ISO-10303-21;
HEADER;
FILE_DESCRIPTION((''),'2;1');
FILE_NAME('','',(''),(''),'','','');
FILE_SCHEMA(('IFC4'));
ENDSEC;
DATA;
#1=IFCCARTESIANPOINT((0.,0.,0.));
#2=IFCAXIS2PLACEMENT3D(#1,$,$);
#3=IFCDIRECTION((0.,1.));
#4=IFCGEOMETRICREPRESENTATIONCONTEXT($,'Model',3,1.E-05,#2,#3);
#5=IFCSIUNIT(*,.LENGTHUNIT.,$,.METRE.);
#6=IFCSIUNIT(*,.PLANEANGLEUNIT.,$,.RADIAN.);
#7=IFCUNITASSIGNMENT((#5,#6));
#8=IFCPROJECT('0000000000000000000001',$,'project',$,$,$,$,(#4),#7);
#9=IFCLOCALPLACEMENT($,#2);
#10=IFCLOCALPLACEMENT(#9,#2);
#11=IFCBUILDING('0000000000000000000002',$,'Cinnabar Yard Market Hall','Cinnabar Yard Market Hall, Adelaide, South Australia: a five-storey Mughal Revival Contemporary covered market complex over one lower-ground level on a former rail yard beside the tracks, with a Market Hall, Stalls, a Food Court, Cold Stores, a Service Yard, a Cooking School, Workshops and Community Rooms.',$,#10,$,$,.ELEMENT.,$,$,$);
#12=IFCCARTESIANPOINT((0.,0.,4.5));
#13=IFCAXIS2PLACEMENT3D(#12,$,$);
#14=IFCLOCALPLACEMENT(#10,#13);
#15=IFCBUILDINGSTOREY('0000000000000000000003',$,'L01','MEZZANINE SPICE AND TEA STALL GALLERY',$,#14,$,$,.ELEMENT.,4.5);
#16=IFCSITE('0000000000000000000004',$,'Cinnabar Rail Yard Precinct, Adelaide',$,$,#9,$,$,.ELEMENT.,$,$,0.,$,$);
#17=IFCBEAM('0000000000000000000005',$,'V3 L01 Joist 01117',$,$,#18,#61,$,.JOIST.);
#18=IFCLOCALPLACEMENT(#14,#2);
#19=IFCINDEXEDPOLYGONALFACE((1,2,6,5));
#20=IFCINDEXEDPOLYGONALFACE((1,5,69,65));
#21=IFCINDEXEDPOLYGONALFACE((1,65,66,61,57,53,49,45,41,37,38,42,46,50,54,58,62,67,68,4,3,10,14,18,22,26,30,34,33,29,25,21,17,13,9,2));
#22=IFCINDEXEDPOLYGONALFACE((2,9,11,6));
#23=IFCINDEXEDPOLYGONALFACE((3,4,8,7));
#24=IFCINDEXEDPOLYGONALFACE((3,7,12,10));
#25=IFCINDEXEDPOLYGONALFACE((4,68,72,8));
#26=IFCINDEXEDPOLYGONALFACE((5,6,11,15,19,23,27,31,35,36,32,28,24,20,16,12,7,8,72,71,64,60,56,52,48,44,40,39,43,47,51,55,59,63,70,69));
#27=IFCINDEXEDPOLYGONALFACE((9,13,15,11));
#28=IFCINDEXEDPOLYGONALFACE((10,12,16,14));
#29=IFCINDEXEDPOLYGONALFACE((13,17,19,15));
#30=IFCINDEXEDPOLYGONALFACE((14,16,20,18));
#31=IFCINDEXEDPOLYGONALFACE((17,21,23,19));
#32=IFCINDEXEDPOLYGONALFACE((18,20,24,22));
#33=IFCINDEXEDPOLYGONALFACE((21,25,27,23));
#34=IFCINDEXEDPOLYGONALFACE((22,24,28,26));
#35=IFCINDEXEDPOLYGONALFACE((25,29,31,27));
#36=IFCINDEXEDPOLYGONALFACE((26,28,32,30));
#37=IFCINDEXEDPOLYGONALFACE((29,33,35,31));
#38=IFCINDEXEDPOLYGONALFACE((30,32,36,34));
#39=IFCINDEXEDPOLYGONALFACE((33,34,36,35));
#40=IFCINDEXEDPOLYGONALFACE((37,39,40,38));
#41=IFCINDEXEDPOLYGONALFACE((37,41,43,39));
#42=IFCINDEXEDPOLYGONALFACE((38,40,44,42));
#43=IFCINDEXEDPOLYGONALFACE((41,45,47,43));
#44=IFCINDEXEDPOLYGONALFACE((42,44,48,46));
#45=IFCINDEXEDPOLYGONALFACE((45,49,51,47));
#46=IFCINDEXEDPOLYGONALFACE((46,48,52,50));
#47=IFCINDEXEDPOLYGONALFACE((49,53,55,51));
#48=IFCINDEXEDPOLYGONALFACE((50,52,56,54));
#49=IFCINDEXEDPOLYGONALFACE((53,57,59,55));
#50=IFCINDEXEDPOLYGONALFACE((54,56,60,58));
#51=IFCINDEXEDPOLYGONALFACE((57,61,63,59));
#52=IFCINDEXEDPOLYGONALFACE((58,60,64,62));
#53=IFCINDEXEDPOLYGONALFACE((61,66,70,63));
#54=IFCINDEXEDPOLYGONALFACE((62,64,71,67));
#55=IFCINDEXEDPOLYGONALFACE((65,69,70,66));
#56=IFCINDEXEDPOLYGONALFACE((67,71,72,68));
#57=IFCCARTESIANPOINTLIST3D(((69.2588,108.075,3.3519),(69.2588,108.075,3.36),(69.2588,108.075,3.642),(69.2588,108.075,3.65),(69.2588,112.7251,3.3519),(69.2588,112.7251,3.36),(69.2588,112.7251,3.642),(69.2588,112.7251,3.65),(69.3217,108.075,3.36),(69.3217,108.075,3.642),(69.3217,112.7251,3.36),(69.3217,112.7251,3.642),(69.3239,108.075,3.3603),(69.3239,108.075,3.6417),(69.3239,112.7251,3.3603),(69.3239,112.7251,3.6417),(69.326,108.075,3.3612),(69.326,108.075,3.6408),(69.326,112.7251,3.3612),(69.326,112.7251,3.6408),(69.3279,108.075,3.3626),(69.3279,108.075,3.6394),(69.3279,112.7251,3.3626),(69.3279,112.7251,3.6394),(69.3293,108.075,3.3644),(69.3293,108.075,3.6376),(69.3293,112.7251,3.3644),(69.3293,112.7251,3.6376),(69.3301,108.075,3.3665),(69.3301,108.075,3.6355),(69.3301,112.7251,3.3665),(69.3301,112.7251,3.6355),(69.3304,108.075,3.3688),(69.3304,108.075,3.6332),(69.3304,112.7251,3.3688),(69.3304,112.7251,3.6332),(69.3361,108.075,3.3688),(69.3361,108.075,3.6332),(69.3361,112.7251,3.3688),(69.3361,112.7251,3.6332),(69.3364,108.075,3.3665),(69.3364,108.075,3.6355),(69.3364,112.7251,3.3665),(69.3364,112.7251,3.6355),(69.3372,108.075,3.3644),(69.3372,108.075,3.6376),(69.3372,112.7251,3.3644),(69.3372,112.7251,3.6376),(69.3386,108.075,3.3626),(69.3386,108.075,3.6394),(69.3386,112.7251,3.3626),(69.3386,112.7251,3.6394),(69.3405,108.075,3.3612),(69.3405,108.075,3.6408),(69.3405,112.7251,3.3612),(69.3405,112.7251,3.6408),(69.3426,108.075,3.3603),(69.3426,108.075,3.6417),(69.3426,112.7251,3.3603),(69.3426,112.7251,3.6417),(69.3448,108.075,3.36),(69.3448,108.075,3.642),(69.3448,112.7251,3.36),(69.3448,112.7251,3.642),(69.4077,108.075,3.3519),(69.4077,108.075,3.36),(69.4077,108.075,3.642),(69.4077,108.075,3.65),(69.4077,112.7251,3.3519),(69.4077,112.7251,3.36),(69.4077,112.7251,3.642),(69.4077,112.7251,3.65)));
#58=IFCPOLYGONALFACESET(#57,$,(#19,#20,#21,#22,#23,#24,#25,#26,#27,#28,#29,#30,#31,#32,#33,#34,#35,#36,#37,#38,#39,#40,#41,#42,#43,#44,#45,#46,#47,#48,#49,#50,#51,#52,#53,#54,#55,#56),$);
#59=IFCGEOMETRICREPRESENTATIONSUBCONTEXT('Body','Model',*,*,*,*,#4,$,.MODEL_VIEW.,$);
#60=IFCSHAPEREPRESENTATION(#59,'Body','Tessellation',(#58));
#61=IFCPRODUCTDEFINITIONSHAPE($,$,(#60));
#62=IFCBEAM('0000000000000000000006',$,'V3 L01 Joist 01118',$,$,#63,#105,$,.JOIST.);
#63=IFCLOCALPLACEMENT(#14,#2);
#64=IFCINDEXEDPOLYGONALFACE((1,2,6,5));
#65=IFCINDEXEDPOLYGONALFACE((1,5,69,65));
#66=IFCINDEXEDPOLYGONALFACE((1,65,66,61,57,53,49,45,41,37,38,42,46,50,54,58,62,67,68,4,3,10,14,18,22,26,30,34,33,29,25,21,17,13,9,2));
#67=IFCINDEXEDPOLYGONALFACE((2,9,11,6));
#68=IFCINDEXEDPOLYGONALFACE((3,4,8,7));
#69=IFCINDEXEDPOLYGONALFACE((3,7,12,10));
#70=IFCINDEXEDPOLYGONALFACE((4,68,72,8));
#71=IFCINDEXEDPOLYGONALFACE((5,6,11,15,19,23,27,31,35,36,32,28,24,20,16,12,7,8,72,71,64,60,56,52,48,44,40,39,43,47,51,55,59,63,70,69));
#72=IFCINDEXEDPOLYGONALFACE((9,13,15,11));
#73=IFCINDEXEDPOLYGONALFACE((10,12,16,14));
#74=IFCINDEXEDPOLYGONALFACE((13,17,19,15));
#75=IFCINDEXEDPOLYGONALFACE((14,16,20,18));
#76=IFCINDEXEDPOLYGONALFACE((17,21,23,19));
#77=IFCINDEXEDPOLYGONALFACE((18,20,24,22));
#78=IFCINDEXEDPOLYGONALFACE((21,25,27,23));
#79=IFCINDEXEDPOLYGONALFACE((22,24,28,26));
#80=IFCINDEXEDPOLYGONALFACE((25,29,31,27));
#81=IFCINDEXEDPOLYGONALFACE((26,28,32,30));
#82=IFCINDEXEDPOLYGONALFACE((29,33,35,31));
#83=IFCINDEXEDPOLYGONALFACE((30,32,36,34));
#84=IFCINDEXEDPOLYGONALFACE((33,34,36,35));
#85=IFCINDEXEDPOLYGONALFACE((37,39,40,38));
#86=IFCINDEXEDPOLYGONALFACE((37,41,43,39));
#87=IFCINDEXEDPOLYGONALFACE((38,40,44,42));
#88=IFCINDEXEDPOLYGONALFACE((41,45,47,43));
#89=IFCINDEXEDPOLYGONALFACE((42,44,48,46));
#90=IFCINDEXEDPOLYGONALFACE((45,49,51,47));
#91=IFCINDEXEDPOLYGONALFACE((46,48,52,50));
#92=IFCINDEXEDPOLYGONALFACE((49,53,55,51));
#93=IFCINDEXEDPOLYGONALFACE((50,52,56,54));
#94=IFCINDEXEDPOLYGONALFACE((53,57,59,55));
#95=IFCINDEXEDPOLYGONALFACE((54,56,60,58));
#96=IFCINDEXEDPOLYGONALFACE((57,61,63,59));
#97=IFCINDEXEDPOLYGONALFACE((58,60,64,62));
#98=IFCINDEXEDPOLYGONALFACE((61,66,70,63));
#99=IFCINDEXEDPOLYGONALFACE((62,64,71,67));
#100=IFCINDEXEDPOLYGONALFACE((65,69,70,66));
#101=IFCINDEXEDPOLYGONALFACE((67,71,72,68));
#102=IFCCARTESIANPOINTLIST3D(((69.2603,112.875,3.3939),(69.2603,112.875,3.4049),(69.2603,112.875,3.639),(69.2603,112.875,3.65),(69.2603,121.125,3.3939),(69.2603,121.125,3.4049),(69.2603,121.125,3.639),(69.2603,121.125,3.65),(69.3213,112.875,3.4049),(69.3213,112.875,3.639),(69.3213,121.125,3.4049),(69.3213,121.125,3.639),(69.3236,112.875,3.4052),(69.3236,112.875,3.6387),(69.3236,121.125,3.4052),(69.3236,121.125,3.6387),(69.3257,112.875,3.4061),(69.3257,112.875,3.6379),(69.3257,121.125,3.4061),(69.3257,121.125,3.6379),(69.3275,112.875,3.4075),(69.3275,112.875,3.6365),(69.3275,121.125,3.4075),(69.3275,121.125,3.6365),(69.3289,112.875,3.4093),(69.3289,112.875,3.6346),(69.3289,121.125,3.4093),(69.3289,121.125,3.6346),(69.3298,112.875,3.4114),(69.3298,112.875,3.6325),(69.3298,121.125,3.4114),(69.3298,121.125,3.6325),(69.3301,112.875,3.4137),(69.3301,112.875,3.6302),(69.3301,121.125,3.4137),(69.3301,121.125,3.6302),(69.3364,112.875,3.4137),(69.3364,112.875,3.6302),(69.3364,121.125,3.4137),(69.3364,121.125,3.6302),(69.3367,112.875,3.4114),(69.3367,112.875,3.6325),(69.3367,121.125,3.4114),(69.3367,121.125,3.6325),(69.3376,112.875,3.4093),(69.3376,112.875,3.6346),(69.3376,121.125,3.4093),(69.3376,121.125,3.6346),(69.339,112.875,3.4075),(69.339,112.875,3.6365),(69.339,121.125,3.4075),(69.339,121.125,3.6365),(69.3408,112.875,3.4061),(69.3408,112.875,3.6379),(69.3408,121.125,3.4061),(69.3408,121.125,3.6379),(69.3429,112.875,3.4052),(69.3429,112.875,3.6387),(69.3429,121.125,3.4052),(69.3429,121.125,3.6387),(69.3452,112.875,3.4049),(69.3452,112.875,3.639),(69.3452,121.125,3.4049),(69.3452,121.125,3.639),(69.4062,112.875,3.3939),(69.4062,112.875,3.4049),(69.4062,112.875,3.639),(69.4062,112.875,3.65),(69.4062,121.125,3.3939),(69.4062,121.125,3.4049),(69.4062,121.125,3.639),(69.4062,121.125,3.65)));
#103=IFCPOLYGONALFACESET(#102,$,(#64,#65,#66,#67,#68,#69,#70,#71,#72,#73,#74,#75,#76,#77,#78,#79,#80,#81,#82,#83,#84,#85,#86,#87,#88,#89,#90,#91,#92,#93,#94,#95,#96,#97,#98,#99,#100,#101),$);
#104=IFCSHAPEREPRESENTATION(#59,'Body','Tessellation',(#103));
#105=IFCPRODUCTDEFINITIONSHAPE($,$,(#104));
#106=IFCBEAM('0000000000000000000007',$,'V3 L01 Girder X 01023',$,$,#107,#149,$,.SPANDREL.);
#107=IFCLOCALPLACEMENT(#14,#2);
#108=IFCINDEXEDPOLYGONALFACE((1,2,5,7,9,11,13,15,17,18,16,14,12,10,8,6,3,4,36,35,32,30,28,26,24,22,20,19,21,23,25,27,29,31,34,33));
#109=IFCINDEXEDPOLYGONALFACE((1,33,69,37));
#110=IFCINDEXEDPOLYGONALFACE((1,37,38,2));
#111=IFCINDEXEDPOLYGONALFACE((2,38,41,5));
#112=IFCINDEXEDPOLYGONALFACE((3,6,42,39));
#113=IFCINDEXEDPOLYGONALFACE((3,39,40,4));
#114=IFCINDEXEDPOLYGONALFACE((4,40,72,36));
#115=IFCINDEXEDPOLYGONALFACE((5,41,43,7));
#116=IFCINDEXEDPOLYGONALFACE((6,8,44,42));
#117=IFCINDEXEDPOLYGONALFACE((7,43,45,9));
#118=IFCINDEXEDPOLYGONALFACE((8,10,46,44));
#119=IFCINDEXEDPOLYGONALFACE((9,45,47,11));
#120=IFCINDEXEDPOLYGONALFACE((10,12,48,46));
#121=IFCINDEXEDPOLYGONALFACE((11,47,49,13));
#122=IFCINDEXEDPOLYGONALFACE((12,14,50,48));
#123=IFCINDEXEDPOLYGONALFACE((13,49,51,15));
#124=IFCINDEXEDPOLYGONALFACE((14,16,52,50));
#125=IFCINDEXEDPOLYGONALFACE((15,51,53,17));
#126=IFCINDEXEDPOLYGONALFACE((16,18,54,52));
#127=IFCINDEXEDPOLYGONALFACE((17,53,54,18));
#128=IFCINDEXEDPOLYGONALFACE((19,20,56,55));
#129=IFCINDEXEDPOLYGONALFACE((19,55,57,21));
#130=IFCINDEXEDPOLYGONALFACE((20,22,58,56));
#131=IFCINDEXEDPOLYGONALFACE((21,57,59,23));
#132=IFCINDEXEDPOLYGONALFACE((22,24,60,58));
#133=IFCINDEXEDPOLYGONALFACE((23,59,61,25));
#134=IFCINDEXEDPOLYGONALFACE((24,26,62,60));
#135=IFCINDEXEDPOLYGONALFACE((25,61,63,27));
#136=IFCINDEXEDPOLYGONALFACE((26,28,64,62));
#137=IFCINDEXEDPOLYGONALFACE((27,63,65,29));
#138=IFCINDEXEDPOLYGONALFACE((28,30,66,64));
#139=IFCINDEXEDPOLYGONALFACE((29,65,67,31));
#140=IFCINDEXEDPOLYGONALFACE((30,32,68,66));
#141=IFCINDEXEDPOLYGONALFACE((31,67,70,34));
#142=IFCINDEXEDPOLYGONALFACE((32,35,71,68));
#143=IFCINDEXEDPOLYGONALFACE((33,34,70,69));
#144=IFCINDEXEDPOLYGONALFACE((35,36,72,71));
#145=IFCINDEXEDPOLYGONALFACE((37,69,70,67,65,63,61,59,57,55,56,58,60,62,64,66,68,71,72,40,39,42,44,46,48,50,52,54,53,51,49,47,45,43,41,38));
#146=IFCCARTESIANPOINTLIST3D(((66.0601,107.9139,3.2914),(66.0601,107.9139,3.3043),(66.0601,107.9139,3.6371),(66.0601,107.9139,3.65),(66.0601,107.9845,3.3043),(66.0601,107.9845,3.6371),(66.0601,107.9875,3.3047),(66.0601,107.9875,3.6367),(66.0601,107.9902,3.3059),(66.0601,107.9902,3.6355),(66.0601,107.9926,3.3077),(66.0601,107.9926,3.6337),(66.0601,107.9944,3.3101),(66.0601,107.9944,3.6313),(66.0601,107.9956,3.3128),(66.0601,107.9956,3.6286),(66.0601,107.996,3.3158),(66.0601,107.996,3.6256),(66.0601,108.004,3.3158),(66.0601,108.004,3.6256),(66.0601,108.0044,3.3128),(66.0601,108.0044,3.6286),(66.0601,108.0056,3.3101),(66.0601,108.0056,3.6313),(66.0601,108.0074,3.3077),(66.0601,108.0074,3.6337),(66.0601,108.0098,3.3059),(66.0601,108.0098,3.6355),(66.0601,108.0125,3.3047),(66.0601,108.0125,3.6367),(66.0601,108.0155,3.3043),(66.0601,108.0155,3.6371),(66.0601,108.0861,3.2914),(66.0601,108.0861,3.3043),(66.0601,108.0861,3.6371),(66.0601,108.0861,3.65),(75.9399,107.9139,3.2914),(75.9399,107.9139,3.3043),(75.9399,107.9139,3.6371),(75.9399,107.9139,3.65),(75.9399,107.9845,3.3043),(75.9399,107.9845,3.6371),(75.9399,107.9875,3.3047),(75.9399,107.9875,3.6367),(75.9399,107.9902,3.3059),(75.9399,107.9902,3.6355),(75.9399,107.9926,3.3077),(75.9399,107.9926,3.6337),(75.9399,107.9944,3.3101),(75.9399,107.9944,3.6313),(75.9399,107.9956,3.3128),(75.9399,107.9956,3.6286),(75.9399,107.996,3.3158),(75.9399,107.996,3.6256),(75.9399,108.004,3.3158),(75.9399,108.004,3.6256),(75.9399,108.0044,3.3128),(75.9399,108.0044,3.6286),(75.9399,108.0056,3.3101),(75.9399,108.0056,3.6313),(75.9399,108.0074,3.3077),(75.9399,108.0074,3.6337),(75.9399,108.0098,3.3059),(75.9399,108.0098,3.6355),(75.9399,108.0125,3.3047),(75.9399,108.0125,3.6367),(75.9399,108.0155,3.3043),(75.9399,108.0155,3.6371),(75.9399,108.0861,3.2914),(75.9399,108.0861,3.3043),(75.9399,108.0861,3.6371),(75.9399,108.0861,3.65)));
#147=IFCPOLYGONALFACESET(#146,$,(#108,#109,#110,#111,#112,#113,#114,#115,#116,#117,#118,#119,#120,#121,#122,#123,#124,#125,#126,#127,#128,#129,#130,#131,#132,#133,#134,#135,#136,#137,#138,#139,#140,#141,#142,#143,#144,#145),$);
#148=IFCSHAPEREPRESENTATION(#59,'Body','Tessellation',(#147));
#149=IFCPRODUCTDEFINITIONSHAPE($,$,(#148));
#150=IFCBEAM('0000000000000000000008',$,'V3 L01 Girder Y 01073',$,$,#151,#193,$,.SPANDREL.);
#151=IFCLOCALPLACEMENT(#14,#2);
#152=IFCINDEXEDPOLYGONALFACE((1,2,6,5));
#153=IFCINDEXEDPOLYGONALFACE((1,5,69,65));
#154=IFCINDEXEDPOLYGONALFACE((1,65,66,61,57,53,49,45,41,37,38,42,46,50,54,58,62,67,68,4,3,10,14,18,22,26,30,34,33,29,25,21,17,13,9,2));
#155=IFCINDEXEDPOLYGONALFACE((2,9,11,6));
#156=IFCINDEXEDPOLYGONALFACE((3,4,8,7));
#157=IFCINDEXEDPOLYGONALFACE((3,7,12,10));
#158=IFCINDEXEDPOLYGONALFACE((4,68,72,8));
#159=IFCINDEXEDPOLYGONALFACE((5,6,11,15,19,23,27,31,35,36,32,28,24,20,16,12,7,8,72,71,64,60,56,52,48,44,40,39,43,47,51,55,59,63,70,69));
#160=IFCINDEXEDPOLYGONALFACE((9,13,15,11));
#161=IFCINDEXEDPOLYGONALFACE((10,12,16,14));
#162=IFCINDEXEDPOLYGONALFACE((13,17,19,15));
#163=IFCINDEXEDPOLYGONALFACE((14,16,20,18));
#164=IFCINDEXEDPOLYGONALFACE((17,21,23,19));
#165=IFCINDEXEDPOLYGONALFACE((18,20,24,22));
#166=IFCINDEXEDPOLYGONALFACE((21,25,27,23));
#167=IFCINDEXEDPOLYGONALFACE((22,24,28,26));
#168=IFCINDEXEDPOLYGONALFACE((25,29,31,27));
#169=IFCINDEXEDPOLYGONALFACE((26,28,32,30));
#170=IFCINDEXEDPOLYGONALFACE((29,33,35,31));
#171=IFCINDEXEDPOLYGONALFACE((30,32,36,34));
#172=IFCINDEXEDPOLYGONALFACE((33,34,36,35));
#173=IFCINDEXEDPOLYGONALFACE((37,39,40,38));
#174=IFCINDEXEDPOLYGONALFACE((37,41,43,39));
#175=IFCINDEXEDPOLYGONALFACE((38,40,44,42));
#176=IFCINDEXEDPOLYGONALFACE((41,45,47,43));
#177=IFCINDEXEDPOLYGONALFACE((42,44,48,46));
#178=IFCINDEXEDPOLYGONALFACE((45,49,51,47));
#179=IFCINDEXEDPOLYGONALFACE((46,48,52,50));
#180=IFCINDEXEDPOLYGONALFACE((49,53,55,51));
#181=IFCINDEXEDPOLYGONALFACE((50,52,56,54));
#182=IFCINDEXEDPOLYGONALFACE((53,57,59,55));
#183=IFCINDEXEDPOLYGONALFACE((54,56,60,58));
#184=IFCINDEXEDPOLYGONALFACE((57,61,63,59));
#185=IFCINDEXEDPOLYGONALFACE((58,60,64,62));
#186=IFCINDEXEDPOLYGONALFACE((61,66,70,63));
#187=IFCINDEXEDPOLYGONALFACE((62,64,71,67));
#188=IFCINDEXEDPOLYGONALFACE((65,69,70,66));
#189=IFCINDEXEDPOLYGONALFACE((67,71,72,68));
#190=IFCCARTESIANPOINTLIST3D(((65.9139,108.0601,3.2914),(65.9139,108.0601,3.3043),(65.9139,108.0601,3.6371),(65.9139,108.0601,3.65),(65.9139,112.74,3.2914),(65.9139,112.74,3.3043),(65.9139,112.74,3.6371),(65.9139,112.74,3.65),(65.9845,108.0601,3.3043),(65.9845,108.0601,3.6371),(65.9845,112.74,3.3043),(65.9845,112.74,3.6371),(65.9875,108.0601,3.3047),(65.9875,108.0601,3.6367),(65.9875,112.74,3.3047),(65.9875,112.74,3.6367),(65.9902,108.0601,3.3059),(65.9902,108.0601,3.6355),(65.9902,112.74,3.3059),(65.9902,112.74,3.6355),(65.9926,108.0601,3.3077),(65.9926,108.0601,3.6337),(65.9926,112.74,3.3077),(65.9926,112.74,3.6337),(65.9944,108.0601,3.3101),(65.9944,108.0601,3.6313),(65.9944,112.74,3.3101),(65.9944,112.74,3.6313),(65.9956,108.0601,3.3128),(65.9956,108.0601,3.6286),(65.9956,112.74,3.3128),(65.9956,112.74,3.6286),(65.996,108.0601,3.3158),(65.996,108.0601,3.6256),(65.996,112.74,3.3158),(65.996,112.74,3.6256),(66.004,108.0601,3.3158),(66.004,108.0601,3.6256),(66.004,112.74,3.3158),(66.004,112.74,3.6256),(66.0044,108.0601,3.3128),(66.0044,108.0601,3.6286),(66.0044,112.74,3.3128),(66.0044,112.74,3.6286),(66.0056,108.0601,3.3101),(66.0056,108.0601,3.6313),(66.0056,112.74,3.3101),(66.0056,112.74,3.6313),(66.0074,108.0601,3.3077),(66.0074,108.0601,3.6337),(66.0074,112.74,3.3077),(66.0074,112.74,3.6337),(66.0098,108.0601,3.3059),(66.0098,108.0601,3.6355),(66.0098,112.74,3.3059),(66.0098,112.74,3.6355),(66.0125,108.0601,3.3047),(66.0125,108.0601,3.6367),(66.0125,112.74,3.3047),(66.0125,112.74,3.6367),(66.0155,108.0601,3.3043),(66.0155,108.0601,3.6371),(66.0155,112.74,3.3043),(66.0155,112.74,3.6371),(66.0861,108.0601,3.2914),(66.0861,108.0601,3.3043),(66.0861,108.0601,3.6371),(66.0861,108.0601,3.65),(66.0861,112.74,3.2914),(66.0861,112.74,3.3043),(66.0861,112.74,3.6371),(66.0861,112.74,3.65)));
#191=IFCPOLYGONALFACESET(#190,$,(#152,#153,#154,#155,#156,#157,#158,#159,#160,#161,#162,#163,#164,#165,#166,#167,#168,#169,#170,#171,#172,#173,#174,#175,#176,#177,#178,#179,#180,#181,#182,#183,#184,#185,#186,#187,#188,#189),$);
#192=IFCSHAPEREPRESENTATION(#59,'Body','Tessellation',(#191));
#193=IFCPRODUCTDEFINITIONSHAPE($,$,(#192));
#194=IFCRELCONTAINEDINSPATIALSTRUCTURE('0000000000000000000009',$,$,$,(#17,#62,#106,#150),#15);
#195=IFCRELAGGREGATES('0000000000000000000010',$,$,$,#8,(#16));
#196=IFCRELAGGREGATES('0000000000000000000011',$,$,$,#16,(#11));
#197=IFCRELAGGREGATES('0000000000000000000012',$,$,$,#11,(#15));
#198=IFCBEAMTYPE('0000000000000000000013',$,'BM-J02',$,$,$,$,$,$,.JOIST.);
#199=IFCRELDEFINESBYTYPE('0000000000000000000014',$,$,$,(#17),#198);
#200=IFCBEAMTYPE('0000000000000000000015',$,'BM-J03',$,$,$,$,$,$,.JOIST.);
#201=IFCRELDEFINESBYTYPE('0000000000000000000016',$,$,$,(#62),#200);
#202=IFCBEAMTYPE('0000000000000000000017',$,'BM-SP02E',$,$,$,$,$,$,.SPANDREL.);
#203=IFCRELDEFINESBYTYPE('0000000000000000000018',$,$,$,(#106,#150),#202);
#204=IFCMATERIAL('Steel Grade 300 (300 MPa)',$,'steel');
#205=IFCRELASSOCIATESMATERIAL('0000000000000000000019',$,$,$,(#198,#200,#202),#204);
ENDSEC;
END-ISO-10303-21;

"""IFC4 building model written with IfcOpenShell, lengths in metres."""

from ifc_helpers import new_model, si_unit, direction, frame, origin, origin_2d_with_axis, place, context, subcontext, project, spatial, i_section, extrude, material, material_profile, profile_set, type_object, element, save


model = new_model("IFC4")

# Units and contexts
model_context = context("Model", 3, precision=1e-05, world=origin(), true_north=direction((0.0, 1.0)))
body_context = subcontext(model_context, "Body", "Model", "MODEL_VIEW")
ifc_project = project(units=[si_unit("LENGTHUNIT", "METRE"), si_unit("PLANEANGLEUNIT", "RADIAN")], contexts=[model_context])

# Site, building, storey
site_placement = place(None, origin())
site = spatial("IfcSite", under=ifc_project, at=site_placement, Name="Cinnabar Rail Yard Precinct, Adelaide", CompositionType="ELEMENT", RefElevation=0.0)
building_placement = place(site_placement, origin())
building = spatial("IfcBuilding", under=site, at=building_placement, Name="Cinnabar Yard Market Hall", Description="Cinnabar Yard Market Hall, Adelaide, South Australia: a five-storey Mughal Revival Contemporary covered market complex over one lower-ground level on a former rail yard beside the tracks, with a Market Hall, Stalls, a Food Court, Cold Stores, a Service Yard, a Cooking School, Workshops and Community Rooms.", CompositionType="ELEMENT")
storey_placement = place(building_placement, frame((0.0, 0.0, 4.5)))
storey = spatial("IfcBuildingStorey", under=building, at=storey_placement, Name="L01", Description="MEZZANINE SPICE AND TEA STALL GALLERY", CompositionType="ELEMENT", Elevation=4.5)

# Beams
ifc_material_1 = material(Name="Steel Grade 300 (300 MPa)", Category="steel")
ifc_material_profile_1 = material_profile(ifc_material_1, i_section(OverallWidth=0.1489, OverallDepth=0.2981, WebThickness=0.0056, FlangeThickness=0.0081, FilletRadius=0.0088, at=origin_2d_with_axis()), Name="310UB32.0")
ifc_profile_set_1 = profile_set([ifc_material_profile_1], Name="Steel Grade 300 (300 MPa)")
beam_type_1 = type_object("IfcBeamType", Name="BM-J02", PredefinedType="JOIST", material=ifc_profile_set_1)
beam_1_placement = place(storey_placement, frame((69.3333, 108.075, 3.501), z_axis=(0.0, 1.0, 0.0), x_axis=(-1.0, 0.0, 0.0)))
element("IfcBeam", 1, at=beam_1_placement, inside=storey, type_object=beam_type_1, Name="V3 L01 Joist 01117", PredefinedType="JOIST", context=body_context, shape_type="SweptSolid", body=[
    extrude(i_section(OverallWidth=0.1489, OverallDepth=0.2981, WebThickness=0.0056, FlangeThickness=0.0081, FilletRadius=0.0088, at=origin_2d_with_axis()), origin(), (0.0, 0.0, 1.0), 4.6501),
])
ifc_material_profile_2 = material_profile(ifc_material_1, i_section(OverallWidth=0.146, OverallDepth=0.2561, WebThickness=0.0063, FlangeThickness=0.011, FilletRadius=0.0088, at=origin_2d_with_axis()), Name="250UB37.3")
ifc_profile_set_2 = profile_set([ifc_material_profile_2], Name="Steel Grade 300 (300 MPa)")
beam_type_2 = type_object("IfcBeamType", Name="BM-J03", PredefinedType="JOIST", material=ifc_profile_set_2)
beam_2_placement = place(storey_placement, frame((69.3333, 112.875, 3.522), z_axis=(0.0, 1.0, 0.0), x_axis=(-1.0, 0.0, 0.0)))
element("IfcBeam", 2, at=beam_2_placement, inside=storey, type_object=beam_type_2, Name="V3 L01 Joist 01118", PredefinedType="JOIST", context=body_context, shape_type="SweptSolid", body=[
    extrude(i_section(OverallWidth=0.146, OverallDepth=0.2561, WebThickness=0.0063, FlangeThickness=0.011, FilletRadius=0.0088, at=origin_2d_with_axis()), origin(), (0.0, 0.0, 1.0), 8.25),
])
ifc_material_profile_3 = material_profile(ifc_material_1, i_section(OverallWidth=0.1721, OverallDepth=0.3586, WebThickness=0.0081, FlangeThickness=0.0129, FilletRadius=0.0115, at=origin_2d_with_axis()), Name="360UB56.7")
ifc_profile_set_3 = profile_set([ifc_material_profile_3], Name="Steel Grade 300 (300 MPa)")
beam_type_3 = type_object("IfcBeamType", Name="BM-SP02E", PredefinedType="SPANDREL", material=ifc_profile_set_3)
beam_3_placement = place(storey_placement, frame((66.0601, 108.0, 3.4707), z_axis=(1.0, 0.0, 0.0), x_axis=(0.0, 1.0, 0.0)))
element("IfcBeam", 3, at=beam_3_placement, inside=storey, type_object=beam_type_3, Name="V3 L01 Girder X 01023", PredefinedType="SPANDREL", context=body_context, shape_type="SweptSolid", body=[
    extrude(i_section(OverallWidth=0.1721, OverallDepth=0.3586, WebThickness=0.0081, FlangeThickness=0.0129, FilletRadius=0.0115, at=origin_2d_with_axis()), origin(), (0.0, 0.0, 1.0), 9.8799),
])
beam_4_placement = place(storey_placement, frame((66.0, 108.0601, 3.4707), z_axis=(0.0, 1.0, 0.0), x_axis=(-1.0, 0.0, 0.0)))
element("IfcBeam", 4, at=beam_4_placement, inside=storey, type_object=beam_type_3, Name="V3 L01 Girder Y 01073", PredefinedType="SPANDREL", context=body_context, shape_type="SweptSolid", body=[
    extrude(i_section(OverallWidth=0.1721, OverallDepth=0.3586, WebThickness=0.0081, FlangeThickness=0.0129, FilletRadius=0.0115, at=origin_2d_with_axis()), origin(), (0.0, 0.0, 1.0), 4.6799),
])

save(model, "model.ifc")
